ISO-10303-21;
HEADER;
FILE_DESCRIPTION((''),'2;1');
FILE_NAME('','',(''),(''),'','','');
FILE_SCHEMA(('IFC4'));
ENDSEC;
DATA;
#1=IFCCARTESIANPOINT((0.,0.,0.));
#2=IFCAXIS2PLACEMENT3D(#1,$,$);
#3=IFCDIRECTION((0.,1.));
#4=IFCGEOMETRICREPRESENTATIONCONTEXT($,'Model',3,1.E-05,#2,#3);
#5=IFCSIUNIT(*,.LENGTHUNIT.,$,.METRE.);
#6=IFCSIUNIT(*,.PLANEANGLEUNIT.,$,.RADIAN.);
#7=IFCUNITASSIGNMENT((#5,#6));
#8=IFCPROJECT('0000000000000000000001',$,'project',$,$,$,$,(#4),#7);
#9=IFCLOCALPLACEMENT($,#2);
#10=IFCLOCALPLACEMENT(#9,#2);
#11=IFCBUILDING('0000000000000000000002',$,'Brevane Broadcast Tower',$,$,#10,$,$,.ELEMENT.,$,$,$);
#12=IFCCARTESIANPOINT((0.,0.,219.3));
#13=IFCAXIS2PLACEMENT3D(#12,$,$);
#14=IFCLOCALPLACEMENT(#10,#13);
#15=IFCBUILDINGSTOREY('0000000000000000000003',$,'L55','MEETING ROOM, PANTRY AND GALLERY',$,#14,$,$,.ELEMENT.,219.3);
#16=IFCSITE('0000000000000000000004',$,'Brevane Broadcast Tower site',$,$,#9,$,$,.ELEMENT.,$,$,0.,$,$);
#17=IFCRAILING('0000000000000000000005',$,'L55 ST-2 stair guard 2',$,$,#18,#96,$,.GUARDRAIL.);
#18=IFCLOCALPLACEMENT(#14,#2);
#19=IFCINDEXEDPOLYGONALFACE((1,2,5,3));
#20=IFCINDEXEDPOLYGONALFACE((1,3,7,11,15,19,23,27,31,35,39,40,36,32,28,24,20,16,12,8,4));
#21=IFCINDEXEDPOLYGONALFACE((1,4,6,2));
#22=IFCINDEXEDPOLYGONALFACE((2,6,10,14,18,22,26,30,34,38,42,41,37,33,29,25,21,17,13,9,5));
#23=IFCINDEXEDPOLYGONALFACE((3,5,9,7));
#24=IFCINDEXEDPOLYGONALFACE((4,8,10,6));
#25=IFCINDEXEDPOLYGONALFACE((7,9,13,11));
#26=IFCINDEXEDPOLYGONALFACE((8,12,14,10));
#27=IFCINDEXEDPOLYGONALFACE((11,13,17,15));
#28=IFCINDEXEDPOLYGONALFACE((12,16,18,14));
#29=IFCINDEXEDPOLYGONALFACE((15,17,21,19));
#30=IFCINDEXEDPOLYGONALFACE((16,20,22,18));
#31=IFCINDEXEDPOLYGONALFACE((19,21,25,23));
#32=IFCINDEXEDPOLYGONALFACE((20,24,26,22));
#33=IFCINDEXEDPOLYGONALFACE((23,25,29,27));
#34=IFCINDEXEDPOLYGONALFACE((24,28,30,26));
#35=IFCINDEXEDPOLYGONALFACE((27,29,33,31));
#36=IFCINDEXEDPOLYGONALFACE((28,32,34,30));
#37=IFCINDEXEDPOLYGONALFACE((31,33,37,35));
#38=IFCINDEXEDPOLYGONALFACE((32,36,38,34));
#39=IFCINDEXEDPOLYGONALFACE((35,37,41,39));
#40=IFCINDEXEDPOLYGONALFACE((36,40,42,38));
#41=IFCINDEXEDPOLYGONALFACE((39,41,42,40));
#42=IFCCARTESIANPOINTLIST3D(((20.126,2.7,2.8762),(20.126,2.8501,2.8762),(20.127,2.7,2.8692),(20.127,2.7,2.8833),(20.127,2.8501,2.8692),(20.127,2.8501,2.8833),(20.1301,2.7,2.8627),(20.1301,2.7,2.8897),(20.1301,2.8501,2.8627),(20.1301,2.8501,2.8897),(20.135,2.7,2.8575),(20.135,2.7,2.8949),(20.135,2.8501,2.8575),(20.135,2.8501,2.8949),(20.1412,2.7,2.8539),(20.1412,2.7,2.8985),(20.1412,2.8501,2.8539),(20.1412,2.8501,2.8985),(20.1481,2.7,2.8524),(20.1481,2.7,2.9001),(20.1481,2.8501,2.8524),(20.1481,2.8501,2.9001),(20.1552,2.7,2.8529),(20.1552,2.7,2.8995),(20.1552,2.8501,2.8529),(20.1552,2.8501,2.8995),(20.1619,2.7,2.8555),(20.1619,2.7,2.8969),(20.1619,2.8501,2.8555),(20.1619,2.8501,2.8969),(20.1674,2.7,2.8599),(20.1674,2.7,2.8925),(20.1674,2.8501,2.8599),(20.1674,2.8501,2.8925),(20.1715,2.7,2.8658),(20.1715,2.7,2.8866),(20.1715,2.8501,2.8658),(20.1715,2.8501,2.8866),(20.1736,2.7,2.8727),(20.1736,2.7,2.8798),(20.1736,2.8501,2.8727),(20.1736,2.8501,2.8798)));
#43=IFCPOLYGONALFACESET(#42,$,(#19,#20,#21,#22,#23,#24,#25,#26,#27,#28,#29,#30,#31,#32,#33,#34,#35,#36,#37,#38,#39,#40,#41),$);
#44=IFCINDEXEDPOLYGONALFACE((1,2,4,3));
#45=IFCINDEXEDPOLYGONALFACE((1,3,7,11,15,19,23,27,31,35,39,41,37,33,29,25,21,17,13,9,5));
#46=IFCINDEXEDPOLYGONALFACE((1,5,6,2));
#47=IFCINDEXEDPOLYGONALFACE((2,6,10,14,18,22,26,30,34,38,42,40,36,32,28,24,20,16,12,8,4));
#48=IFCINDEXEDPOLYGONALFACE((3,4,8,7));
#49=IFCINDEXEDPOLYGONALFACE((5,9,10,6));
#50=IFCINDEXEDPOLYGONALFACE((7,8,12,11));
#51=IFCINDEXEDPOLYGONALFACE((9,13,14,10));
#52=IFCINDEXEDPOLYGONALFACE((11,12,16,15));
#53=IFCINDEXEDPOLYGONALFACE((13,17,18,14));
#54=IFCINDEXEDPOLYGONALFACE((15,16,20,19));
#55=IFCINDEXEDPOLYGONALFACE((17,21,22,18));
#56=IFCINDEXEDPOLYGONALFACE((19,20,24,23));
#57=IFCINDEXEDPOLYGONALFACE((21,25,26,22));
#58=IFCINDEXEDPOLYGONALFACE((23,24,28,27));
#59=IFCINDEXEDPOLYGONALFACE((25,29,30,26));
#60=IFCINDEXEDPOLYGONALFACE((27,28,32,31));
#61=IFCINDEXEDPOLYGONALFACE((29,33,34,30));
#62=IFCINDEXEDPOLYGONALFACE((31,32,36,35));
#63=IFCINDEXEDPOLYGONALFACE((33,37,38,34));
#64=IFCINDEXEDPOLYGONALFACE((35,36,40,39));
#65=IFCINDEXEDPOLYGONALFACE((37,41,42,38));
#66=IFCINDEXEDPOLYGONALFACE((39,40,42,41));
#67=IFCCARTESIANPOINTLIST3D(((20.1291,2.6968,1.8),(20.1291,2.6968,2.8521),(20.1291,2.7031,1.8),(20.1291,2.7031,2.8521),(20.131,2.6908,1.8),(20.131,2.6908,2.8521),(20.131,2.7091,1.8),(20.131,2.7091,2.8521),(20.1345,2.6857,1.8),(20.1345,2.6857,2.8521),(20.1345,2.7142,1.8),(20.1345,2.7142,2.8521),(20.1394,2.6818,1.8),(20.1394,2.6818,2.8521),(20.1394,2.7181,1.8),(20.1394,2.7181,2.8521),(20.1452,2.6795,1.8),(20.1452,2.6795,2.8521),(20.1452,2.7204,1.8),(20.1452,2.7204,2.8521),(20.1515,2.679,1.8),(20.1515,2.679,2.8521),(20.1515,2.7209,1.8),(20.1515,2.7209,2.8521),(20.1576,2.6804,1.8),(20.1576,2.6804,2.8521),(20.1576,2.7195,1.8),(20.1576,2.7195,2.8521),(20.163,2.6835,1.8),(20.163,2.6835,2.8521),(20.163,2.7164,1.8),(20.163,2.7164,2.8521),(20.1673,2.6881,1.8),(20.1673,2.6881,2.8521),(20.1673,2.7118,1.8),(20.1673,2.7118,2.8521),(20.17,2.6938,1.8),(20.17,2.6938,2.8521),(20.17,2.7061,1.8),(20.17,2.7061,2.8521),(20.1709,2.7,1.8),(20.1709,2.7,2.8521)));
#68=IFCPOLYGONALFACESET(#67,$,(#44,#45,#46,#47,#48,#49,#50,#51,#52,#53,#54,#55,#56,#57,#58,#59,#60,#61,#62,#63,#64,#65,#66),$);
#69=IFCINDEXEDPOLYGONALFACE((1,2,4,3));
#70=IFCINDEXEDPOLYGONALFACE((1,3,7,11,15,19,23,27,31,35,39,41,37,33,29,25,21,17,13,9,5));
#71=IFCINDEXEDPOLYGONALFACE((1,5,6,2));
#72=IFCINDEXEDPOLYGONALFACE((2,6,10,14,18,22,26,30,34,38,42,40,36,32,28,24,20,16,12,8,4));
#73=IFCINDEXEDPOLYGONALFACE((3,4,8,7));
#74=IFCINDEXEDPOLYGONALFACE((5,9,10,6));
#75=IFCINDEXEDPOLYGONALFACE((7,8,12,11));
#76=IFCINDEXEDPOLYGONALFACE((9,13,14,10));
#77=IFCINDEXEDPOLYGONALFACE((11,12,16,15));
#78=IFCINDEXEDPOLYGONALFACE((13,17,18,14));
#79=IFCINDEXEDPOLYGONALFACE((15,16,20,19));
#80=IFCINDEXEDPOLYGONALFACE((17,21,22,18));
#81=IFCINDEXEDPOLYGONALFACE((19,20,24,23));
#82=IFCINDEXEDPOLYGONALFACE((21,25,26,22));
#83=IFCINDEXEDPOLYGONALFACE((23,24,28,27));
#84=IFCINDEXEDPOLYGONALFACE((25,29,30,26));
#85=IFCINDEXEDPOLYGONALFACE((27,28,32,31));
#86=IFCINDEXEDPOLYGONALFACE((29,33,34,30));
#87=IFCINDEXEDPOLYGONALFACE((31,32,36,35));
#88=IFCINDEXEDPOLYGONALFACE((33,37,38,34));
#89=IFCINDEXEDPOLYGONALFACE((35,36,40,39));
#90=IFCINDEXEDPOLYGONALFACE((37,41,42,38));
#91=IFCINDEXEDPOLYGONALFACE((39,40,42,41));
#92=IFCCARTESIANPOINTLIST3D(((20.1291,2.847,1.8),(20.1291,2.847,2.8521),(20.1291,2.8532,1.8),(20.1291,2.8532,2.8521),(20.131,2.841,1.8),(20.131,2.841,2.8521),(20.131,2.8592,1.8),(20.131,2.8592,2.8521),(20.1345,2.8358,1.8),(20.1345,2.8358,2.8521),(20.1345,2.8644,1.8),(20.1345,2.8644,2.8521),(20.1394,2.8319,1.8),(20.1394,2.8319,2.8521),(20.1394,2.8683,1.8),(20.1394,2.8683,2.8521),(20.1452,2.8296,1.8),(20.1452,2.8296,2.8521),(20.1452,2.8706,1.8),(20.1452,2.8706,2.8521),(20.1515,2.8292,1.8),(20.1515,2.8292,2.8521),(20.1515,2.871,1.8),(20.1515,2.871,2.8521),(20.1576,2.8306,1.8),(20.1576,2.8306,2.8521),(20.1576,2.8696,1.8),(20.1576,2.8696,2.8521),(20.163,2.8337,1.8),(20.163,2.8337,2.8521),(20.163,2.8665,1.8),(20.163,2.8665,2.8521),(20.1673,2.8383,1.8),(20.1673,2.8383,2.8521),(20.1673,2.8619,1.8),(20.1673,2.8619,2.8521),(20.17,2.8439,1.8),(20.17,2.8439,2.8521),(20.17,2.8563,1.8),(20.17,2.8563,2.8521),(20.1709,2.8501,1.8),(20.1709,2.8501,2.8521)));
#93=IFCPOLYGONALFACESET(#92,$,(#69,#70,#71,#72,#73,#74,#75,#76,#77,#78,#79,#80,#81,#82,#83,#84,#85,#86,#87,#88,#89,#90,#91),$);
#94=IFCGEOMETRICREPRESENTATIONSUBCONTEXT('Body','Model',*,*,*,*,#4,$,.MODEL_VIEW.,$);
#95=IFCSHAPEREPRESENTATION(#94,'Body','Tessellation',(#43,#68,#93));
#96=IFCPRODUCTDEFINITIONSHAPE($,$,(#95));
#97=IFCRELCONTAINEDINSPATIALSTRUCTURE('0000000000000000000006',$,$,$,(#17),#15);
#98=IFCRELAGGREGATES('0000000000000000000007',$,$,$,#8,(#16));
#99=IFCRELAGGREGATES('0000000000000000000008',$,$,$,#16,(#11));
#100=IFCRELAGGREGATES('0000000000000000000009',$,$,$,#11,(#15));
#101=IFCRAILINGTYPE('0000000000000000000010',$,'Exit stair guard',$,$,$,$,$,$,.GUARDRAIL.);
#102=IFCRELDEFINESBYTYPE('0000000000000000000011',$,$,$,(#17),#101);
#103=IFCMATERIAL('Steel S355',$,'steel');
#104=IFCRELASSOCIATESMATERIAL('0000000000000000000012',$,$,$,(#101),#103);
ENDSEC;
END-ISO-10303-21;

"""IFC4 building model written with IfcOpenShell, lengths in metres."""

from ifc_helpers import new_model, si_unit, direction, frame, origin, origin_2d, place, context, subcontext, project, spatial, circle, extrude, material, type_object, element, save


model = new_model("IFC4")

# Units and contexts
model_context = context("Model", 3, precision=1e-05, world=origin(), true_north=direction((0.0, 1.0)))
body_context = subcontext(model_context, "Body", "Model", "MODEL_VIEW")
ifc_project = project(units=[si_unit("LENGTHUNIT", "METRE"), si_unit("PLANEANGLEUNIT", "RADIAN")], contexts=[model_context])

# Site, building, storey
site_placement = place(None, origin())
site = spatial("IfcSite", under=ifc_project, at=site_placement, Name="Brevane Broadcast Tower site", CompositionType="ELEMENT", RefElevation=0.0)
building_placement = place(site_placement, origin())
building = spatial("IfcBuilding", under=site, at=building_placement, Name="Brevane Broadcast Tower", CompositionType="ELEMENT")
storey_placement = place(building_placement, frame((0.0, 0.0, 219.3)))
storey = spatial("IfcBuildingStorey", under=building, at=storey_placement, Name="L55", Description="MEETING ROOM, PANTRY AND GALLERY", CompositionType="ELEMENT", Elevation=219.3)

# Railing
ifc_material_1 = material(Name="Steel S355", Category="steel")
railing_type_1 = type_object("IfcRailingType", Name="Exit stair guard", PredefinedType="GUARDRAIL", material=ifc_material_1)
railing_1_placement = place(storey_placement, frame((20.1499, 2.7, 1.8)))
element("IfcRailing", 1, at=railing_1_placement, inside=storey, type_object=railing_type_1, Name="L55 ST-2 stair guard 2", PredefinedType="GUARDRAIL", context=body_context, shape_type="SweptSolid", body=[
    extrude(circle(Radius=0.0239, at=origin_2d()), frame((0.0, 0.0, 1.0762), z_axis=(0.0, 1.0, 0.0), x_axis=(-1.0, 0.0, 0.0)), (0.0, 0.0, 1.0), 0.1501),
    extrude(circle(Radius=0.021, at=origin_2d()), origin(), (0.0, 0.0, 1.0), 1.052),
    extrude(circle(Radius=0.021, at=origin_2d()), frame((0.0, 0.1501, 0.0)), (0.0, 0.0, 1.0), 1.052),
])

save(model, "model.ifc")
